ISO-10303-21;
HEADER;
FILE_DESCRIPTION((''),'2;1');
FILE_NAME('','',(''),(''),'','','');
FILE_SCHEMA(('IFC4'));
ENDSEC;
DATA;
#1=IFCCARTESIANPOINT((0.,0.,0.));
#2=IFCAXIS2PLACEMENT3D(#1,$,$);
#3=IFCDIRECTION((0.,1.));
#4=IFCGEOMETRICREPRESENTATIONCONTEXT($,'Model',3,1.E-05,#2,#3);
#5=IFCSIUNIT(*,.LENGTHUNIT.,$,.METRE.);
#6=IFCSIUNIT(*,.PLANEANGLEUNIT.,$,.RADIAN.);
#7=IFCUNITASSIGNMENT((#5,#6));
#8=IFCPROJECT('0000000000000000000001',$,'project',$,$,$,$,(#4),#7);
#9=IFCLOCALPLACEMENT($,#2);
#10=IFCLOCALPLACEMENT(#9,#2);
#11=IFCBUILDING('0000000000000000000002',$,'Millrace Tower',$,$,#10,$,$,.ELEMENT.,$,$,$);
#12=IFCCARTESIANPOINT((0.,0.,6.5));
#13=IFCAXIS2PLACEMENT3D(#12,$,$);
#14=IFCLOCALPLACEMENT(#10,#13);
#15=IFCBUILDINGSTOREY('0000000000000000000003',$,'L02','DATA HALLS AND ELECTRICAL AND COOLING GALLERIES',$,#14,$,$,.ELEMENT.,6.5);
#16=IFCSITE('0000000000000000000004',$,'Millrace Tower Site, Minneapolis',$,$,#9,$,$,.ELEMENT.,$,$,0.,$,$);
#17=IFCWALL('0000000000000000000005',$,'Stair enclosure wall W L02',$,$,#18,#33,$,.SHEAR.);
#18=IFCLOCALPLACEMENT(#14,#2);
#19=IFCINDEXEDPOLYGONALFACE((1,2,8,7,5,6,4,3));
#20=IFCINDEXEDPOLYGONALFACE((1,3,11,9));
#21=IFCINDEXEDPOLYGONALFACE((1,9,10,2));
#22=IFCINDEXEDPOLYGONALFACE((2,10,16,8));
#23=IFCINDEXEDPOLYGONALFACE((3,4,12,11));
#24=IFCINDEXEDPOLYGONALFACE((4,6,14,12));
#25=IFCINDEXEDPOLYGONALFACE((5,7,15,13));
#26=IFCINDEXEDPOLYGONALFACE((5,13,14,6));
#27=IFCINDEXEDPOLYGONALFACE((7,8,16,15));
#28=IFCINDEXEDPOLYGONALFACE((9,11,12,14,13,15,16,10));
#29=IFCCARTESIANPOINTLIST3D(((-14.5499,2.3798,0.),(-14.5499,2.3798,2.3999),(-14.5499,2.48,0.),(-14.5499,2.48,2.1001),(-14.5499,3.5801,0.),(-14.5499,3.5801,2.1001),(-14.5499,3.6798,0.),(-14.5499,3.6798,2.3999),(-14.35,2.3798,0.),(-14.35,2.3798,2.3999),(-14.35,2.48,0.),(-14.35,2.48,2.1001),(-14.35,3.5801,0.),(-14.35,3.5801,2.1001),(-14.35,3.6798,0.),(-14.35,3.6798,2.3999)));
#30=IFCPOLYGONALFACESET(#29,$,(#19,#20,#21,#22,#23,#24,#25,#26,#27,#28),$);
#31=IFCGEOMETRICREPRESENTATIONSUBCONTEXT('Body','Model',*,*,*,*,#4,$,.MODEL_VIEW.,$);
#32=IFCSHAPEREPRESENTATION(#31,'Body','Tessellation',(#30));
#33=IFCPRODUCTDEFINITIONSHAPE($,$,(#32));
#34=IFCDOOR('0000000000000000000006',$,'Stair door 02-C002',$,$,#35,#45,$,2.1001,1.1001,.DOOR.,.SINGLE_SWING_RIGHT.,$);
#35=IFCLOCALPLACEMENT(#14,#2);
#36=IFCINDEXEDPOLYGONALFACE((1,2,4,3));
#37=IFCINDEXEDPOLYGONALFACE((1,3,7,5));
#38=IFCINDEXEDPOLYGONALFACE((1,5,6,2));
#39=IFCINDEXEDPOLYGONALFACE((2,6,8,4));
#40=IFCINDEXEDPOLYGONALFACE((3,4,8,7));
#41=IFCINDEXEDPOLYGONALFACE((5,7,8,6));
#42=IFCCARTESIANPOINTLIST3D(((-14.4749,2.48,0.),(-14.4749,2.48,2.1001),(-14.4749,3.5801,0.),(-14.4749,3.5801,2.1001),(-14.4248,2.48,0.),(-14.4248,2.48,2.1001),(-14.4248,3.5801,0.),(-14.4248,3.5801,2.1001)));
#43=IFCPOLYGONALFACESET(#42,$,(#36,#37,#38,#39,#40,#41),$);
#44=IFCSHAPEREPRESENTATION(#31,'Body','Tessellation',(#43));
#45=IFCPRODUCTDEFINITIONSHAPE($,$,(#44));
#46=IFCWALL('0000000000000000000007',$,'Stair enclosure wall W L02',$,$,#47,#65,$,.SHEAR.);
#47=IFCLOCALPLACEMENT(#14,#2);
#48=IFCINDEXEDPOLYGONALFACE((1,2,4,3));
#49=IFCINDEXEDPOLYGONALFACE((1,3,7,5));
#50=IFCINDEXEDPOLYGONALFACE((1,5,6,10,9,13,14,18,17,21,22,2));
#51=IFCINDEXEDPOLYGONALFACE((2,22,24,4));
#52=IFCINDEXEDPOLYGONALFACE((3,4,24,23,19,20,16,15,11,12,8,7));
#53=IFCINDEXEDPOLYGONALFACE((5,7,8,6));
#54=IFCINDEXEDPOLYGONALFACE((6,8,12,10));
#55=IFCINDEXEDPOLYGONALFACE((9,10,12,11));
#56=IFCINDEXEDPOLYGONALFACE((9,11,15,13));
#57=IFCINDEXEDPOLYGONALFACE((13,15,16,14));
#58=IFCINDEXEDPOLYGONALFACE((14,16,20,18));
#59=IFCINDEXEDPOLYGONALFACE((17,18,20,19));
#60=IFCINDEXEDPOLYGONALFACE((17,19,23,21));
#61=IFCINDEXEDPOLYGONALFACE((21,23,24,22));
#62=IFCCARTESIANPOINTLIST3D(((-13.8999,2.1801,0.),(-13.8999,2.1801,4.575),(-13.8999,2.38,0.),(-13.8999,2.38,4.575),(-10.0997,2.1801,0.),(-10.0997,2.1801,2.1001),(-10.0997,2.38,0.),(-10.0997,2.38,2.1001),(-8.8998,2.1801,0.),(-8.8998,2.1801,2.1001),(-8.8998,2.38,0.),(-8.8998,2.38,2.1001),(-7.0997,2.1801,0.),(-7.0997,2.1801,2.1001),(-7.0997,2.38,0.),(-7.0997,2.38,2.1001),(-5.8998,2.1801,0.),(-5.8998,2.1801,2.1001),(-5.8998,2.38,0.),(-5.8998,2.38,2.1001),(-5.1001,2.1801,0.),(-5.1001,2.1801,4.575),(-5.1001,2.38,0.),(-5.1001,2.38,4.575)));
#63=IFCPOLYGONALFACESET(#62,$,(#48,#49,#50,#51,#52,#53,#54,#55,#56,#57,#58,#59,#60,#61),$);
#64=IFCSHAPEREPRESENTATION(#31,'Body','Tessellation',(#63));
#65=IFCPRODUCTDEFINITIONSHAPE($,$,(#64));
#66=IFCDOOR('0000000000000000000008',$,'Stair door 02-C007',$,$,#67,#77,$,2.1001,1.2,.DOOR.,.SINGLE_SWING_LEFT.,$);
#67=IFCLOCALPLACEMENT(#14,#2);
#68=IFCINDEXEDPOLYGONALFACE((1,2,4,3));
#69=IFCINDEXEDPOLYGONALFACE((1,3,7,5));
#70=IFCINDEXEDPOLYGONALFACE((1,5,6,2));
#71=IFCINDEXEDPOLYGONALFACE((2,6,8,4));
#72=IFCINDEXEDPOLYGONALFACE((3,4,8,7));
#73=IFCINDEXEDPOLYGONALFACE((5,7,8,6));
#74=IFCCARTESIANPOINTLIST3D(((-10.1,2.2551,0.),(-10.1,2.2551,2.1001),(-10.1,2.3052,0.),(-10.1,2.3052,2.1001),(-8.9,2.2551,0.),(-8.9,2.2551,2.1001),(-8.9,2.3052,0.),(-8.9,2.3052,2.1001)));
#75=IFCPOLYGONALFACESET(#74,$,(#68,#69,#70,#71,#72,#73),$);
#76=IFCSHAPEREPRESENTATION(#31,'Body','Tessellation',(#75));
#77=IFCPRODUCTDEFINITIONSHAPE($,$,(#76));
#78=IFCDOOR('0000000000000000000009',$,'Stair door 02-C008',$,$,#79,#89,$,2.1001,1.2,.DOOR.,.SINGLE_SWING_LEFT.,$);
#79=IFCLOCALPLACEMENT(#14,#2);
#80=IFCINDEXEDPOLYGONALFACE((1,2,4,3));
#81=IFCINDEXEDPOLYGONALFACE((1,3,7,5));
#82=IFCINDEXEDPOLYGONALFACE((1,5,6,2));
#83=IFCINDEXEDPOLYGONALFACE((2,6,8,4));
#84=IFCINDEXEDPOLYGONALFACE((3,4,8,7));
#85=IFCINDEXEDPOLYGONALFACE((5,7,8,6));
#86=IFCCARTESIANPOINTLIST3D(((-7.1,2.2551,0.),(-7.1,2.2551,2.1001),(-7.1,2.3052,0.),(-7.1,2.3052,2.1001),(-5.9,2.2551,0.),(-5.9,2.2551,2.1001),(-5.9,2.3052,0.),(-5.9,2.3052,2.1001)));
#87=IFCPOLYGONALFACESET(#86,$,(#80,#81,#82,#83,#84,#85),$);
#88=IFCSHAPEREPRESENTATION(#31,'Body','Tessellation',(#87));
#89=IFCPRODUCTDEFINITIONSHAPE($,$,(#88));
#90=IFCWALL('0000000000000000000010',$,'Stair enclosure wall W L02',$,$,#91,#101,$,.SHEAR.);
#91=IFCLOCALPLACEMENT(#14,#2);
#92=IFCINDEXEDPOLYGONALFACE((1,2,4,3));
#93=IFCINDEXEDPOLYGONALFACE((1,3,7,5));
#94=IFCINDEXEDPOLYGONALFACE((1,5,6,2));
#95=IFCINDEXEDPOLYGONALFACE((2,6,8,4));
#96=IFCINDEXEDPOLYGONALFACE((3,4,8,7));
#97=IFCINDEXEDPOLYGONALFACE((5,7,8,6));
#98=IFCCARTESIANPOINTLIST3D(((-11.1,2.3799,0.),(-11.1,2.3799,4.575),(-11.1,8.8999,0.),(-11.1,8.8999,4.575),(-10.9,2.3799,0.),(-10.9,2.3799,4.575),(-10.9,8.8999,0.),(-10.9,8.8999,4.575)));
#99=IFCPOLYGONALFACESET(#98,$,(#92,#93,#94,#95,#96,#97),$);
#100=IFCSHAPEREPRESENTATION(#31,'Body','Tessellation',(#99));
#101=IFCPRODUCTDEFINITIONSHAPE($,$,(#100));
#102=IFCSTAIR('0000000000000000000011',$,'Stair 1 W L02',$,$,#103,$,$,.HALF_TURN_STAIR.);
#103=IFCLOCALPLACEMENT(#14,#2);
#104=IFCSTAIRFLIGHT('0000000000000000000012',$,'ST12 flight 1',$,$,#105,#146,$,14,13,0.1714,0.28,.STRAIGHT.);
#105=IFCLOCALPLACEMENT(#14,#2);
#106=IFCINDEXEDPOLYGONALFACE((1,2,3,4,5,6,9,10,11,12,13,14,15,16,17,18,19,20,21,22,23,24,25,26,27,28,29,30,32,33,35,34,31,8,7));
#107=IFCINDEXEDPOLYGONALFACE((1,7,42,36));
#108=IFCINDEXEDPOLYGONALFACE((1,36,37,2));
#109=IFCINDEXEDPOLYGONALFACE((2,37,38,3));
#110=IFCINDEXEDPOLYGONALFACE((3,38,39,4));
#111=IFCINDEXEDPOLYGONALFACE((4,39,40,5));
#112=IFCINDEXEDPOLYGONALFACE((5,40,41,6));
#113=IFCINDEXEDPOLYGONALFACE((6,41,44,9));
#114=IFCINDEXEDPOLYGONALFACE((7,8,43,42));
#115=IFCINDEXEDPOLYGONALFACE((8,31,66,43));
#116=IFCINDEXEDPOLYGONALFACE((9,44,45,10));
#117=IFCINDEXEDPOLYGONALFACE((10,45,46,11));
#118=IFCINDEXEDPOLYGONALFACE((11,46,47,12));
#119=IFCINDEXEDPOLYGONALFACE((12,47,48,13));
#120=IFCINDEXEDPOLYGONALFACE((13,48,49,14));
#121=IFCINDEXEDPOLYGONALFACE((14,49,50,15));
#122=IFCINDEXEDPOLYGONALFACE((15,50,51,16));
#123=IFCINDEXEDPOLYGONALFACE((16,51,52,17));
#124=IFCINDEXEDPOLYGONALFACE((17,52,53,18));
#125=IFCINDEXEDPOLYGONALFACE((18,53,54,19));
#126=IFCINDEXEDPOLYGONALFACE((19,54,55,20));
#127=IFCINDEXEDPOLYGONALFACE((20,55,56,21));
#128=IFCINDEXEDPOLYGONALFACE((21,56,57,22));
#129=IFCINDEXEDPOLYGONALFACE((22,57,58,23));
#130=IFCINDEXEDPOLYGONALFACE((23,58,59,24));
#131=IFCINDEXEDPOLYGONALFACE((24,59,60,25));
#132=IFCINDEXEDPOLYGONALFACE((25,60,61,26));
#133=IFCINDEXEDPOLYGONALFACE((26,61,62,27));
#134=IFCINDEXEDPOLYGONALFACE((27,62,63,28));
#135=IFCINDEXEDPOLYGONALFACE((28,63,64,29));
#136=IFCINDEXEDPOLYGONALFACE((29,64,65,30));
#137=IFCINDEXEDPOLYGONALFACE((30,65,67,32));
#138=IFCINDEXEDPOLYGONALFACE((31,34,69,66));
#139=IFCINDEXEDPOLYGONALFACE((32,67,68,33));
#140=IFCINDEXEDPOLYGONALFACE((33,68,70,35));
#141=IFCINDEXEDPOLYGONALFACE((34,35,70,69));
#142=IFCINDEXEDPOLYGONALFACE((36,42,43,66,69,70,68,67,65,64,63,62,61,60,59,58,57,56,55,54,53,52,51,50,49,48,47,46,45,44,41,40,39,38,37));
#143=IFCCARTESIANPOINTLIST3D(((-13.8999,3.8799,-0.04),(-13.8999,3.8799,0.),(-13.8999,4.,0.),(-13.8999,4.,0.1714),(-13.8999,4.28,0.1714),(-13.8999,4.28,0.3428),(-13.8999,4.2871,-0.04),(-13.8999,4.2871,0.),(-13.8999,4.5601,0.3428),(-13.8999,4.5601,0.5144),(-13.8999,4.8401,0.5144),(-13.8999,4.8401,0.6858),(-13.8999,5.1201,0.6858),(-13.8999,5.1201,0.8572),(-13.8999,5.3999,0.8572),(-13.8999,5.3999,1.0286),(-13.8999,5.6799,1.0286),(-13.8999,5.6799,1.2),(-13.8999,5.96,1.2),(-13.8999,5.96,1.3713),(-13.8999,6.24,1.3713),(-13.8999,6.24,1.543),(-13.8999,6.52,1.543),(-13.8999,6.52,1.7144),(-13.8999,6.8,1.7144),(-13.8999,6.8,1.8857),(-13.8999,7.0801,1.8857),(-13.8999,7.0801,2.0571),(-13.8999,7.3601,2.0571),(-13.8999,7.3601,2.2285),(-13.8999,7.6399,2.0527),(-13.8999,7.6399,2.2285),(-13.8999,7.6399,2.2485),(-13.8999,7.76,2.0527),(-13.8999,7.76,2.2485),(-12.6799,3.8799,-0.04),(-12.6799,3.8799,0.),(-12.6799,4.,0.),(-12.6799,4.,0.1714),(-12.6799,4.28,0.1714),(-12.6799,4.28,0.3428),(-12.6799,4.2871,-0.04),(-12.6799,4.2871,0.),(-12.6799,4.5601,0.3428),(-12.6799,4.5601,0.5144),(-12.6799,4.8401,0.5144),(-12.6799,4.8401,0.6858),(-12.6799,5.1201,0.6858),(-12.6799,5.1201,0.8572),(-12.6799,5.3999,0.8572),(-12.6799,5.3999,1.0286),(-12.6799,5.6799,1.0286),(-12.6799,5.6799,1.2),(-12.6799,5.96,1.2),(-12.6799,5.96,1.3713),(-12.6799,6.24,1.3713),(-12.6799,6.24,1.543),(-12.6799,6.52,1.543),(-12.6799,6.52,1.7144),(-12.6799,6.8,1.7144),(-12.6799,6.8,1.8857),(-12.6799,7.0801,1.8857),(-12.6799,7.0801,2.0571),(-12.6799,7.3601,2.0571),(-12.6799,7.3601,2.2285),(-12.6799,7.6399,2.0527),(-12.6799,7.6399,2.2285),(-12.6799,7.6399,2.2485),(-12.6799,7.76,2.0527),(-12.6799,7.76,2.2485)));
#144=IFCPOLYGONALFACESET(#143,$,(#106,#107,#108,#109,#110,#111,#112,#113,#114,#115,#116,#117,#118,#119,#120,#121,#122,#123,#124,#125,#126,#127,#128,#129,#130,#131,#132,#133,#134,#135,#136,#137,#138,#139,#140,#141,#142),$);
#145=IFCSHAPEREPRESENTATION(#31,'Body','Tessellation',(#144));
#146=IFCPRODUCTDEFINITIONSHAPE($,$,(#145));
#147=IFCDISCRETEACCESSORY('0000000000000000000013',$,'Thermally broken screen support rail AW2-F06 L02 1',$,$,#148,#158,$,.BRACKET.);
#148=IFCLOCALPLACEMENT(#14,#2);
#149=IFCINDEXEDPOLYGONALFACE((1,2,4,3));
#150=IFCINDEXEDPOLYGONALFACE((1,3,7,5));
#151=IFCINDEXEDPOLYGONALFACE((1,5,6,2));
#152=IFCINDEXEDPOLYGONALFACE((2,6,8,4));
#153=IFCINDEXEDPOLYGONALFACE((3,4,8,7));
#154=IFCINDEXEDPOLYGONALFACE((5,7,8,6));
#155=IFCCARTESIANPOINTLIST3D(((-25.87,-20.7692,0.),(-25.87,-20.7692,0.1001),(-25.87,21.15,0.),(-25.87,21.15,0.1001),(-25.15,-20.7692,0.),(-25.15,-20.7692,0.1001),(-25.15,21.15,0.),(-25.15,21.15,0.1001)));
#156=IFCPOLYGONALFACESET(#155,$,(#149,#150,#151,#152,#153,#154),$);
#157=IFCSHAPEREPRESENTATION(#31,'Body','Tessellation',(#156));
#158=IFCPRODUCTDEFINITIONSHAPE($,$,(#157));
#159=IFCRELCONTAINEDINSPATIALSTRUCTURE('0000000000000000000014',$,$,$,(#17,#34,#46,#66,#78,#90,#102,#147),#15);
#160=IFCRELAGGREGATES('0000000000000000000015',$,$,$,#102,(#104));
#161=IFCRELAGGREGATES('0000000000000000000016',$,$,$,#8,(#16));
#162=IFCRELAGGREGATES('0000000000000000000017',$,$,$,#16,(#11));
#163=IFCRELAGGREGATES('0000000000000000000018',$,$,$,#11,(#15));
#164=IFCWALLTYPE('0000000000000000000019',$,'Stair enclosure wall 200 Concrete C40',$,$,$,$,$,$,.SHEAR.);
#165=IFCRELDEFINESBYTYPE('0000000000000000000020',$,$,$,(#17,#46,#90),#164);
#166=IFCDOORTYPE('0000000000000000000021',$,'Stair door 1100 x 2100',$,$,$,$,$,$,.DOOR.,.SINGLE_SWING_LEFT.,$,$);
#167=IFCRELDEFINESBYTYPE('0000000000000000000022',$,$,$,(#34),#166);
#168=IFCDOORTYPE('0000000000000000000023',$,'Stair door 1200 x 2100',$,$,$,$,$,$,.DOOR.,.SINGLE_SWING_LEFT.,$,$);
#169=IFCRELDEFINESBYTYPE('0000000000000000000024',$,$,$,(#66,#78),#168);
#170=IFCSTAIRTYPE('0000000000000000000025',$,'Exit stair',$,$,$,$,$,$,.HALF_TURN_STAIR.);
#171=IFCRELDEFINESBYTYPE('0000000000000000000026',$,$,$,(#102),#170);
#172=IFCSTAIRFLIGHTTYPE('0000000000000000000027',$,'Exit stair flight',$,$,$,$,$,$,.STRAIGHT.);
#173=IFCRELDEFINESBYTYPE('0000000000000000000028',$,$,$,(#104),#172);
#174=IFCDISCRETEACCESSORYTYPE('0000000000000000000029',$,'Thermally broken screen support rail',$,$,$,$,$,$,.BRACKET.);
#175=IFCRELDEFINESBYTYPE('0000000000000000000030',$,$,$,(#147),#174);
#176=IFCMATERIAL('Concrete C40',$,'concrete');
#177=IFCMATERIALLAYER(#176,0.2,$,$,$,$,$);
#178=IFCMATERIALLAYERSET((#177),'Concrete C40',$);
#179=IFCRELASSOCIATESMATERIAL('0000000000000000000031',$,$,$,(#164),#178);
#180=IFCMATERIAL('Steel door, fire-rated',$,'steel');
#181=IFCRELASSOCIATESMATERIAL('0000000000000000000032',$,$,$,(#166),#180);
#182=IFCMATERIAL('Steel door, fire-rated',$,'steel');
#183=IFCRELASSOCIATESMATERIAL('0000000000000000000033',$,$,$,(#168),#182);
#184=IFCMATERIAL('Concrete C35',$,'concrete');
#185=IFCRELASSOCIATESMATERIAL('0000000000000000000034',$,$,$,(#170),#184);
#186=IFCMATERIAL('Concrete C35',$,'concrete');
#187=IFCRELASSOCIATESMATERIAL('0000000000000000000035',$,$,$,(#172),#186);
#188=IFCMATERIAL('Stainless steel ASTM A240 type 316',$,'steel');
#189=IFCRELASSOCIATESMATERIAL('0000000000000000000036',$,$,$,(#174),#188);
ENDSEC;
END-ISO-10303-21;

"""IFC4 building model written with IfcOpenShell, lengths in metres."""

from ifc_helpers import new_model, si_unit, direction, frame, frame_2d, origin, origin_2d, place, context, subcontext, project, spatial, polyline, rectangle, outline, extrude, material, layer, layer_set, type_object, element, fill, aggregate, save


model = new_model("IFC4")

# Units and contexts
model_context = context("Model", 3, precision=1e-05, world=origin(), true_north=direction((0.0, 1.0)))
body_context = subcontext(model_context, "Body", "Model", "MODEL_VIEW")
ifc_project = project(units=[si_unit("LENGTHUNIT", "METRE"), si_unit("PLANEANGLEUNIT", "RADIAN")], contexts=[model_context])

# Site, building, storey
site_placement = place(None, origin())
site = spatial("IfcSite", under=ifc_project, at=site_placement, Name="Millrace Tower Site, Minneapolis", CompositionType="ELEMENT", RefElevation=0.0)
building_placement = place(site_placement, origin())
building = spatial("IfcBuilding", under=site, at=building_placement, Name="Millrace Tower", CompositionType="ELEMENT")
storey_placement = place(building_placement, frame((0.0, 0.0, 6.5)))
storey = spatial("IfcBuildingStorey", under=building, at=storey_placement, Name="L02", Description="DATA HALLS AND ELECTRICAL AND COOLING GALLERIES", CompositionType="ELEMENT", Elevation=6.5)

# Shared definitions
placement = place(storey_placement, origin())

# Wall, opening, door
ifc_material_1 = material(Name="Concrete C40", Category="concrete")
ifc_layer_1 = layer(ifc_material_1, 0.2)
ifc_layer_set_1 = layer_set([ifc_layer_1], Name="Concrete C40")
wall_type_1 = type_object("IfcWallType", Name="Stair enclosure wall 200 Concrete C40", PredefinedType="SHEAR", material=ifc_layer_set_1)
wall_1_placement = place(storey_placement, frame((-14.45, 2.3799, 0.0), z_axis=(0.0, 0.0, 1.0), x_axis=(0.0, 1.0, 0.0)))
wall_1 = element("IfcWall", 1, at=wall_1_placement, inside=storey, type_object=wall_type_1, Name="Stair enclosure wall W L02", PredefinedType="SHEAR", context=body_context, shape_type="SweptSolid", body=[
    extrude(rectangle(XDim=1.3, YDim=0.2, at=frame_2d((0.6499, 0.0))), origin(), (0.0, 0.0, 1.0), 2.3999),
])
opening_1_placement = place(wall_1_placement, frame((0.1001, 0.0, 0.0)))
opening_1 = element("IfcOpeningElement", 2, at=opening_1_placement, cuts=wall_1, PredefinedType="OPENING", context=body_context, shape_type="SweptSolid", body=[
    extrude(rectangle(XDim=1.1001, YDim=2.1001, at=frame_2d((0.55, 1.05))), frame((0.0, 0.1099, 0.0), z_axis=(0.0, -1.0, 0.0), x_axis=(1.0, 0.0, 0.0)), (0.0, 0.0, 1.0), 0.22),
])
ifc_material_2 = material(Name="Steel door, fire-rated", Category="steel")
door_type_1 = type_object("IfcDoorType", Name="Stair door 1100 x 2100", OperationType="SINGLE_SWING_LEFT", PredefinedType="DOOR", material=ifc_material_2)
door_1_placement = place(opening_1_placement, origin())
door_1 = element("IfcDoor", 3, at=door_1_placement, inside=storey, type_object=door_type_1, Name="Stair door 02-C002", OperationType="SINGLE_SWING_RIGHT", OverallHeight=2.1001, OverallWidth=1.1001, PredefinedType="DOOR", context=body_context, shape_type="SweptSolid", body=[
    extrude(rectangle(XDim=1.1001, YDim=2.1001, at=frame_2d((0.55, 1.05))), frame((0.0, 0.0249, 0.0), z_axis=(0.0, -1.0, 0.0), x_axis=(1.0, 0.0, 0.0)), (0.0, 0.0, 1.0), 0.05),
])
fill(opening_1, door_1)

# Wall, openings, doors
wall_2_placement = place(storey_placement, frame((-13.8999, 2.28, 0.0), z_axis=(0.0, 0.0, 1.0), x_axis=(1.0, 0.0, 0.0)))
wall_2 = element("IfcWall", 4, at=wall_2_placement, inside=storey, type_object=wall_type_1, Name="Stair enclosure wall W L02", PredefinedType="SHEAR", context=body_context, shape_type="SweptSolid", body=[
    extrude(rectangle(XDim=8.7998, YDim=0.2, at=frame_2d((4.3999, 0.0))), origin(), (0.0, 0.0, 1.0), 4.575),
])
opening_2_placement = place(wall_2_placement, frame((3.8, 0.0, 0.0)))
opening_2 = element("IfcOpeningElement", 5, at=opening_2_placement, cuts=wall_2, PredefinedType="OPENING", context=body_context, shape_type="SweptSolid", body=[
    extrude(rectangle(XDim=1.2, YDim=2.1001, at=frame_2d((0.6001, 1.05))), frame((0.0, 0.1099, 0.0), z_axis=(0.0, -1.0, 0.0), x_axis=(1.0, 0.0, 0.0)), (0.0, 0.0, 1.0), 0.22),
])
opening_3_placement = place(wall_2_placement, frame((6.8, 0.0, 0.0)))
opening_3 = element("IfcOpeningElement", 6, at=opening_3_placement, cuts=wall_2, PredefinedType="OPENING", context=body_context, shape_type="SweptSolid", body=[
    extrude(rectangle(XDim=1.2, YDim=2.1001, at=frame_2d((0.6001, 1.05))), frame((0.0, 0.1099, 0.0), z_axis=(0.0, -1.0, 0.0), x_axis=(1.0, 0.0, 0.0)), (0.0, 0.0, 1.0), 0.22),
])
ifc_material_3 = material(Name="Steel door, fire-rated", Category="steel")
door_type_2 = type_object("IfcDoorType", Name="Stair door 1200 x 2100", OperationType="SINGLE_SWING_LEFT", PredefinedType="DOOR", material=ifc_material_3)
door_2_placement = place(opening_2_placement, frame((1.2, 0.0, 0.0), z_axis=(0.0, 0.0, 1.0), x_axis=(-1.0, 0.0, 0.0)))
door_2 = element("IfcDoor", 7, at=door_2_placement, inside=storey, type_object=door_type_2, Name="Stair door 02-C007", OperationType="SINGLE_SWING_LEFT", OverallHeight=2.1001, OverallWidth=1.2, PredefinedType="DOOR", context=body_context, shape_type="SweptSolid", body=[
    extrude(rectangle(XDim=1.2, YDim=2.1001, at=frame_2d((0.6001, 1.05))), frame((0.0, 0.0249, 0.0), z_axis=(0.0, -1.0, 0.0), x_axis=(1.0, 0.0, 0.0)), (0.0, 0.0, 1.0), 0.05),
])
fill(opening_2, door_2)
door_3_placement = place(opening_3_placement, frame((1.2, 0.0, 0.0), z_axis=(0.0, 0.0, 1.0), x_axis=(-1.0, 0.0, 0.0)))
door_3 = element("IfcDoor", 8, at=door_3_placement, inside=storey, type_object=door_type_2, Name="Stair door 02-C008", OperationType="SINGLE_SWING_LEFT", OverallHeight=2.1001, OverallWidth=1.2, PredefinedType="DOOR", context=body_context, shape_type="SweptSolid", body=[
    extrude(rectangle(XDim=1.2, YDim=2.1001, at=frame_2d((0.6001, 1.05))), frame((0.0, 0.0249, 0.0), z_axis=(0.0, -1.0, 0.0), x_axis=(1.0, 0.0, 0.0)), (0.0, 0.0, 1.0), 0.05),
])
fill(opening_3, door_3)

# Wall
wall_3_placement = place(storey_placement, frame((-11.0, 2.3799, 0.0), z_axis=(0.0, 0.0, 1.0), x_axis=(0.0, 1.0, 0.0)))
element("IfcWall", 9, at=wall_3_placement, inside=storey, type_object=wall_type_1, Name="Stair enclosure wall W L02", PredefinedType="SHEAR", context=body_context, shape_type="SweptSolid", body=[
    extrude(rectangle(XDim=6.52, YDim=0.2, at=frame_2d((3.26, 0.0))), origin(), (0.0, 0.0, 1.0), 4.575),
])

# Stair, stair flight
ifc_material_4 = material(Name="Concrete C35", Category="concrete")
stair_type = type_object("IfcStairType", Name="Exit stair", PredefinedType="HALF_TURN_STAIR", material=ifc_material_4)
stair = element("IfcStair", 10, at=placement, inside=storey, type_object=stair_type, Name="Stair 1 W L02", PredefinedType="HALF_TURN_STAIR")
ifc_material_5 = material(Name="Concrete C35", Category="concrete")
stair_flight_type = type_object("IfcStairFlightType", Name="Exit stair flight", PredefinedType="STRAIGHT", material=ifc_material_5)
stair_flight_placement = place(storey_placement, frame((-13.29, 4.0, 0.0), z_axis=(0.0, 0.0, 1.0), x_axis=(0.0, 1.0, 0.0)))
stair_flight = element("IfcStairFlight", 11, at=stair_flight_placement, type_object=stair_flight_type, Name="ST12 flight 1", NumberOfRisers=14, NumberOfTreads=13, PredefinedType="STRAIGHT", RiserHeight=0.1714, TreadLength=0.28, context=body_context, shape_type="SweptSolid", body=[
    extrude(outline(polyline([(-0.1201, -0.04), (-0.1201, 0.0), (0.0, 0.0), (0.0, 0.1714), (0.28, 0.1714), (0.28, 0.3428), (0.5601, 0.3428), (0.5601, 0.5144), (0.8401, 0.5144), (0.8401, 0.6858), (1.1201, 0.6858), (1.1201, 0.8572), (1.3999, 0.8572), (1.3999, 1.0286), (1.6799, 1.0286), (1.6799, 1.2), (1.96, 1.2), (1.96, 1.3713), (2.24, 1.3713), (2.24, 1.543), (2.52, 1.543), (2.52, 1.7144), (2.8, 1.7144), (2.8, 1.8857), (3.0801, 1.8857), (3.0801, 2.0571), (3.3601, 2.0571), (3.3601, 2.2285), (3.6399, 2.2285), (3.6399, 2.2485), (3.76, 2.2485), (3.76, 2.0527), (3.6399, 2.0527), (0.2871, 0.0), (0.2871, -0.04), (-0.1201, -0.04)])), frame((0.0, 0.6099, 0.0), z_axis=(0.0, -1.0, 0.0), x_axis=(1.0, 0.0, 0.0)), (0.0, 0.0, 1.0), 1.22),
])
aggregate(stair, [stair_flight])

# Discrete accessory
ifc_material_6 = material(Name="Stainless steel ASTM A240 type 316", Category="steel")
discrete_accessory_type = type_object("IfcDiscreteAccessoryType", Name="Thermally broken screen support rail", PredefinedType="BRACKET", material=ifc_material_6)
discrete_accessory_placement = place(storey_placement, frame((-25.51, 0.1904, 0.0), z_axis=(0.0, 0.0, 1.0), x_axis=(0.0, -1.0, 0.0)))
element("IfcDiscreteAccessory", 12, at=discrete_accessory_placement, inside=storey, type_object=discrete_accessory_type, Name="Thermally broken screen support rail AW2-F06 L02 1", PredefinedType="BRACKET", context=body_context, shape_type="SweptSolid", body=[
    extrude(rectangle(XDim=41.9192, YDim=0.72, at=origin_2d()), origin(), (0.0, 0.0, 1.0), 0.1001),
])

save(model, "model.ifc")
